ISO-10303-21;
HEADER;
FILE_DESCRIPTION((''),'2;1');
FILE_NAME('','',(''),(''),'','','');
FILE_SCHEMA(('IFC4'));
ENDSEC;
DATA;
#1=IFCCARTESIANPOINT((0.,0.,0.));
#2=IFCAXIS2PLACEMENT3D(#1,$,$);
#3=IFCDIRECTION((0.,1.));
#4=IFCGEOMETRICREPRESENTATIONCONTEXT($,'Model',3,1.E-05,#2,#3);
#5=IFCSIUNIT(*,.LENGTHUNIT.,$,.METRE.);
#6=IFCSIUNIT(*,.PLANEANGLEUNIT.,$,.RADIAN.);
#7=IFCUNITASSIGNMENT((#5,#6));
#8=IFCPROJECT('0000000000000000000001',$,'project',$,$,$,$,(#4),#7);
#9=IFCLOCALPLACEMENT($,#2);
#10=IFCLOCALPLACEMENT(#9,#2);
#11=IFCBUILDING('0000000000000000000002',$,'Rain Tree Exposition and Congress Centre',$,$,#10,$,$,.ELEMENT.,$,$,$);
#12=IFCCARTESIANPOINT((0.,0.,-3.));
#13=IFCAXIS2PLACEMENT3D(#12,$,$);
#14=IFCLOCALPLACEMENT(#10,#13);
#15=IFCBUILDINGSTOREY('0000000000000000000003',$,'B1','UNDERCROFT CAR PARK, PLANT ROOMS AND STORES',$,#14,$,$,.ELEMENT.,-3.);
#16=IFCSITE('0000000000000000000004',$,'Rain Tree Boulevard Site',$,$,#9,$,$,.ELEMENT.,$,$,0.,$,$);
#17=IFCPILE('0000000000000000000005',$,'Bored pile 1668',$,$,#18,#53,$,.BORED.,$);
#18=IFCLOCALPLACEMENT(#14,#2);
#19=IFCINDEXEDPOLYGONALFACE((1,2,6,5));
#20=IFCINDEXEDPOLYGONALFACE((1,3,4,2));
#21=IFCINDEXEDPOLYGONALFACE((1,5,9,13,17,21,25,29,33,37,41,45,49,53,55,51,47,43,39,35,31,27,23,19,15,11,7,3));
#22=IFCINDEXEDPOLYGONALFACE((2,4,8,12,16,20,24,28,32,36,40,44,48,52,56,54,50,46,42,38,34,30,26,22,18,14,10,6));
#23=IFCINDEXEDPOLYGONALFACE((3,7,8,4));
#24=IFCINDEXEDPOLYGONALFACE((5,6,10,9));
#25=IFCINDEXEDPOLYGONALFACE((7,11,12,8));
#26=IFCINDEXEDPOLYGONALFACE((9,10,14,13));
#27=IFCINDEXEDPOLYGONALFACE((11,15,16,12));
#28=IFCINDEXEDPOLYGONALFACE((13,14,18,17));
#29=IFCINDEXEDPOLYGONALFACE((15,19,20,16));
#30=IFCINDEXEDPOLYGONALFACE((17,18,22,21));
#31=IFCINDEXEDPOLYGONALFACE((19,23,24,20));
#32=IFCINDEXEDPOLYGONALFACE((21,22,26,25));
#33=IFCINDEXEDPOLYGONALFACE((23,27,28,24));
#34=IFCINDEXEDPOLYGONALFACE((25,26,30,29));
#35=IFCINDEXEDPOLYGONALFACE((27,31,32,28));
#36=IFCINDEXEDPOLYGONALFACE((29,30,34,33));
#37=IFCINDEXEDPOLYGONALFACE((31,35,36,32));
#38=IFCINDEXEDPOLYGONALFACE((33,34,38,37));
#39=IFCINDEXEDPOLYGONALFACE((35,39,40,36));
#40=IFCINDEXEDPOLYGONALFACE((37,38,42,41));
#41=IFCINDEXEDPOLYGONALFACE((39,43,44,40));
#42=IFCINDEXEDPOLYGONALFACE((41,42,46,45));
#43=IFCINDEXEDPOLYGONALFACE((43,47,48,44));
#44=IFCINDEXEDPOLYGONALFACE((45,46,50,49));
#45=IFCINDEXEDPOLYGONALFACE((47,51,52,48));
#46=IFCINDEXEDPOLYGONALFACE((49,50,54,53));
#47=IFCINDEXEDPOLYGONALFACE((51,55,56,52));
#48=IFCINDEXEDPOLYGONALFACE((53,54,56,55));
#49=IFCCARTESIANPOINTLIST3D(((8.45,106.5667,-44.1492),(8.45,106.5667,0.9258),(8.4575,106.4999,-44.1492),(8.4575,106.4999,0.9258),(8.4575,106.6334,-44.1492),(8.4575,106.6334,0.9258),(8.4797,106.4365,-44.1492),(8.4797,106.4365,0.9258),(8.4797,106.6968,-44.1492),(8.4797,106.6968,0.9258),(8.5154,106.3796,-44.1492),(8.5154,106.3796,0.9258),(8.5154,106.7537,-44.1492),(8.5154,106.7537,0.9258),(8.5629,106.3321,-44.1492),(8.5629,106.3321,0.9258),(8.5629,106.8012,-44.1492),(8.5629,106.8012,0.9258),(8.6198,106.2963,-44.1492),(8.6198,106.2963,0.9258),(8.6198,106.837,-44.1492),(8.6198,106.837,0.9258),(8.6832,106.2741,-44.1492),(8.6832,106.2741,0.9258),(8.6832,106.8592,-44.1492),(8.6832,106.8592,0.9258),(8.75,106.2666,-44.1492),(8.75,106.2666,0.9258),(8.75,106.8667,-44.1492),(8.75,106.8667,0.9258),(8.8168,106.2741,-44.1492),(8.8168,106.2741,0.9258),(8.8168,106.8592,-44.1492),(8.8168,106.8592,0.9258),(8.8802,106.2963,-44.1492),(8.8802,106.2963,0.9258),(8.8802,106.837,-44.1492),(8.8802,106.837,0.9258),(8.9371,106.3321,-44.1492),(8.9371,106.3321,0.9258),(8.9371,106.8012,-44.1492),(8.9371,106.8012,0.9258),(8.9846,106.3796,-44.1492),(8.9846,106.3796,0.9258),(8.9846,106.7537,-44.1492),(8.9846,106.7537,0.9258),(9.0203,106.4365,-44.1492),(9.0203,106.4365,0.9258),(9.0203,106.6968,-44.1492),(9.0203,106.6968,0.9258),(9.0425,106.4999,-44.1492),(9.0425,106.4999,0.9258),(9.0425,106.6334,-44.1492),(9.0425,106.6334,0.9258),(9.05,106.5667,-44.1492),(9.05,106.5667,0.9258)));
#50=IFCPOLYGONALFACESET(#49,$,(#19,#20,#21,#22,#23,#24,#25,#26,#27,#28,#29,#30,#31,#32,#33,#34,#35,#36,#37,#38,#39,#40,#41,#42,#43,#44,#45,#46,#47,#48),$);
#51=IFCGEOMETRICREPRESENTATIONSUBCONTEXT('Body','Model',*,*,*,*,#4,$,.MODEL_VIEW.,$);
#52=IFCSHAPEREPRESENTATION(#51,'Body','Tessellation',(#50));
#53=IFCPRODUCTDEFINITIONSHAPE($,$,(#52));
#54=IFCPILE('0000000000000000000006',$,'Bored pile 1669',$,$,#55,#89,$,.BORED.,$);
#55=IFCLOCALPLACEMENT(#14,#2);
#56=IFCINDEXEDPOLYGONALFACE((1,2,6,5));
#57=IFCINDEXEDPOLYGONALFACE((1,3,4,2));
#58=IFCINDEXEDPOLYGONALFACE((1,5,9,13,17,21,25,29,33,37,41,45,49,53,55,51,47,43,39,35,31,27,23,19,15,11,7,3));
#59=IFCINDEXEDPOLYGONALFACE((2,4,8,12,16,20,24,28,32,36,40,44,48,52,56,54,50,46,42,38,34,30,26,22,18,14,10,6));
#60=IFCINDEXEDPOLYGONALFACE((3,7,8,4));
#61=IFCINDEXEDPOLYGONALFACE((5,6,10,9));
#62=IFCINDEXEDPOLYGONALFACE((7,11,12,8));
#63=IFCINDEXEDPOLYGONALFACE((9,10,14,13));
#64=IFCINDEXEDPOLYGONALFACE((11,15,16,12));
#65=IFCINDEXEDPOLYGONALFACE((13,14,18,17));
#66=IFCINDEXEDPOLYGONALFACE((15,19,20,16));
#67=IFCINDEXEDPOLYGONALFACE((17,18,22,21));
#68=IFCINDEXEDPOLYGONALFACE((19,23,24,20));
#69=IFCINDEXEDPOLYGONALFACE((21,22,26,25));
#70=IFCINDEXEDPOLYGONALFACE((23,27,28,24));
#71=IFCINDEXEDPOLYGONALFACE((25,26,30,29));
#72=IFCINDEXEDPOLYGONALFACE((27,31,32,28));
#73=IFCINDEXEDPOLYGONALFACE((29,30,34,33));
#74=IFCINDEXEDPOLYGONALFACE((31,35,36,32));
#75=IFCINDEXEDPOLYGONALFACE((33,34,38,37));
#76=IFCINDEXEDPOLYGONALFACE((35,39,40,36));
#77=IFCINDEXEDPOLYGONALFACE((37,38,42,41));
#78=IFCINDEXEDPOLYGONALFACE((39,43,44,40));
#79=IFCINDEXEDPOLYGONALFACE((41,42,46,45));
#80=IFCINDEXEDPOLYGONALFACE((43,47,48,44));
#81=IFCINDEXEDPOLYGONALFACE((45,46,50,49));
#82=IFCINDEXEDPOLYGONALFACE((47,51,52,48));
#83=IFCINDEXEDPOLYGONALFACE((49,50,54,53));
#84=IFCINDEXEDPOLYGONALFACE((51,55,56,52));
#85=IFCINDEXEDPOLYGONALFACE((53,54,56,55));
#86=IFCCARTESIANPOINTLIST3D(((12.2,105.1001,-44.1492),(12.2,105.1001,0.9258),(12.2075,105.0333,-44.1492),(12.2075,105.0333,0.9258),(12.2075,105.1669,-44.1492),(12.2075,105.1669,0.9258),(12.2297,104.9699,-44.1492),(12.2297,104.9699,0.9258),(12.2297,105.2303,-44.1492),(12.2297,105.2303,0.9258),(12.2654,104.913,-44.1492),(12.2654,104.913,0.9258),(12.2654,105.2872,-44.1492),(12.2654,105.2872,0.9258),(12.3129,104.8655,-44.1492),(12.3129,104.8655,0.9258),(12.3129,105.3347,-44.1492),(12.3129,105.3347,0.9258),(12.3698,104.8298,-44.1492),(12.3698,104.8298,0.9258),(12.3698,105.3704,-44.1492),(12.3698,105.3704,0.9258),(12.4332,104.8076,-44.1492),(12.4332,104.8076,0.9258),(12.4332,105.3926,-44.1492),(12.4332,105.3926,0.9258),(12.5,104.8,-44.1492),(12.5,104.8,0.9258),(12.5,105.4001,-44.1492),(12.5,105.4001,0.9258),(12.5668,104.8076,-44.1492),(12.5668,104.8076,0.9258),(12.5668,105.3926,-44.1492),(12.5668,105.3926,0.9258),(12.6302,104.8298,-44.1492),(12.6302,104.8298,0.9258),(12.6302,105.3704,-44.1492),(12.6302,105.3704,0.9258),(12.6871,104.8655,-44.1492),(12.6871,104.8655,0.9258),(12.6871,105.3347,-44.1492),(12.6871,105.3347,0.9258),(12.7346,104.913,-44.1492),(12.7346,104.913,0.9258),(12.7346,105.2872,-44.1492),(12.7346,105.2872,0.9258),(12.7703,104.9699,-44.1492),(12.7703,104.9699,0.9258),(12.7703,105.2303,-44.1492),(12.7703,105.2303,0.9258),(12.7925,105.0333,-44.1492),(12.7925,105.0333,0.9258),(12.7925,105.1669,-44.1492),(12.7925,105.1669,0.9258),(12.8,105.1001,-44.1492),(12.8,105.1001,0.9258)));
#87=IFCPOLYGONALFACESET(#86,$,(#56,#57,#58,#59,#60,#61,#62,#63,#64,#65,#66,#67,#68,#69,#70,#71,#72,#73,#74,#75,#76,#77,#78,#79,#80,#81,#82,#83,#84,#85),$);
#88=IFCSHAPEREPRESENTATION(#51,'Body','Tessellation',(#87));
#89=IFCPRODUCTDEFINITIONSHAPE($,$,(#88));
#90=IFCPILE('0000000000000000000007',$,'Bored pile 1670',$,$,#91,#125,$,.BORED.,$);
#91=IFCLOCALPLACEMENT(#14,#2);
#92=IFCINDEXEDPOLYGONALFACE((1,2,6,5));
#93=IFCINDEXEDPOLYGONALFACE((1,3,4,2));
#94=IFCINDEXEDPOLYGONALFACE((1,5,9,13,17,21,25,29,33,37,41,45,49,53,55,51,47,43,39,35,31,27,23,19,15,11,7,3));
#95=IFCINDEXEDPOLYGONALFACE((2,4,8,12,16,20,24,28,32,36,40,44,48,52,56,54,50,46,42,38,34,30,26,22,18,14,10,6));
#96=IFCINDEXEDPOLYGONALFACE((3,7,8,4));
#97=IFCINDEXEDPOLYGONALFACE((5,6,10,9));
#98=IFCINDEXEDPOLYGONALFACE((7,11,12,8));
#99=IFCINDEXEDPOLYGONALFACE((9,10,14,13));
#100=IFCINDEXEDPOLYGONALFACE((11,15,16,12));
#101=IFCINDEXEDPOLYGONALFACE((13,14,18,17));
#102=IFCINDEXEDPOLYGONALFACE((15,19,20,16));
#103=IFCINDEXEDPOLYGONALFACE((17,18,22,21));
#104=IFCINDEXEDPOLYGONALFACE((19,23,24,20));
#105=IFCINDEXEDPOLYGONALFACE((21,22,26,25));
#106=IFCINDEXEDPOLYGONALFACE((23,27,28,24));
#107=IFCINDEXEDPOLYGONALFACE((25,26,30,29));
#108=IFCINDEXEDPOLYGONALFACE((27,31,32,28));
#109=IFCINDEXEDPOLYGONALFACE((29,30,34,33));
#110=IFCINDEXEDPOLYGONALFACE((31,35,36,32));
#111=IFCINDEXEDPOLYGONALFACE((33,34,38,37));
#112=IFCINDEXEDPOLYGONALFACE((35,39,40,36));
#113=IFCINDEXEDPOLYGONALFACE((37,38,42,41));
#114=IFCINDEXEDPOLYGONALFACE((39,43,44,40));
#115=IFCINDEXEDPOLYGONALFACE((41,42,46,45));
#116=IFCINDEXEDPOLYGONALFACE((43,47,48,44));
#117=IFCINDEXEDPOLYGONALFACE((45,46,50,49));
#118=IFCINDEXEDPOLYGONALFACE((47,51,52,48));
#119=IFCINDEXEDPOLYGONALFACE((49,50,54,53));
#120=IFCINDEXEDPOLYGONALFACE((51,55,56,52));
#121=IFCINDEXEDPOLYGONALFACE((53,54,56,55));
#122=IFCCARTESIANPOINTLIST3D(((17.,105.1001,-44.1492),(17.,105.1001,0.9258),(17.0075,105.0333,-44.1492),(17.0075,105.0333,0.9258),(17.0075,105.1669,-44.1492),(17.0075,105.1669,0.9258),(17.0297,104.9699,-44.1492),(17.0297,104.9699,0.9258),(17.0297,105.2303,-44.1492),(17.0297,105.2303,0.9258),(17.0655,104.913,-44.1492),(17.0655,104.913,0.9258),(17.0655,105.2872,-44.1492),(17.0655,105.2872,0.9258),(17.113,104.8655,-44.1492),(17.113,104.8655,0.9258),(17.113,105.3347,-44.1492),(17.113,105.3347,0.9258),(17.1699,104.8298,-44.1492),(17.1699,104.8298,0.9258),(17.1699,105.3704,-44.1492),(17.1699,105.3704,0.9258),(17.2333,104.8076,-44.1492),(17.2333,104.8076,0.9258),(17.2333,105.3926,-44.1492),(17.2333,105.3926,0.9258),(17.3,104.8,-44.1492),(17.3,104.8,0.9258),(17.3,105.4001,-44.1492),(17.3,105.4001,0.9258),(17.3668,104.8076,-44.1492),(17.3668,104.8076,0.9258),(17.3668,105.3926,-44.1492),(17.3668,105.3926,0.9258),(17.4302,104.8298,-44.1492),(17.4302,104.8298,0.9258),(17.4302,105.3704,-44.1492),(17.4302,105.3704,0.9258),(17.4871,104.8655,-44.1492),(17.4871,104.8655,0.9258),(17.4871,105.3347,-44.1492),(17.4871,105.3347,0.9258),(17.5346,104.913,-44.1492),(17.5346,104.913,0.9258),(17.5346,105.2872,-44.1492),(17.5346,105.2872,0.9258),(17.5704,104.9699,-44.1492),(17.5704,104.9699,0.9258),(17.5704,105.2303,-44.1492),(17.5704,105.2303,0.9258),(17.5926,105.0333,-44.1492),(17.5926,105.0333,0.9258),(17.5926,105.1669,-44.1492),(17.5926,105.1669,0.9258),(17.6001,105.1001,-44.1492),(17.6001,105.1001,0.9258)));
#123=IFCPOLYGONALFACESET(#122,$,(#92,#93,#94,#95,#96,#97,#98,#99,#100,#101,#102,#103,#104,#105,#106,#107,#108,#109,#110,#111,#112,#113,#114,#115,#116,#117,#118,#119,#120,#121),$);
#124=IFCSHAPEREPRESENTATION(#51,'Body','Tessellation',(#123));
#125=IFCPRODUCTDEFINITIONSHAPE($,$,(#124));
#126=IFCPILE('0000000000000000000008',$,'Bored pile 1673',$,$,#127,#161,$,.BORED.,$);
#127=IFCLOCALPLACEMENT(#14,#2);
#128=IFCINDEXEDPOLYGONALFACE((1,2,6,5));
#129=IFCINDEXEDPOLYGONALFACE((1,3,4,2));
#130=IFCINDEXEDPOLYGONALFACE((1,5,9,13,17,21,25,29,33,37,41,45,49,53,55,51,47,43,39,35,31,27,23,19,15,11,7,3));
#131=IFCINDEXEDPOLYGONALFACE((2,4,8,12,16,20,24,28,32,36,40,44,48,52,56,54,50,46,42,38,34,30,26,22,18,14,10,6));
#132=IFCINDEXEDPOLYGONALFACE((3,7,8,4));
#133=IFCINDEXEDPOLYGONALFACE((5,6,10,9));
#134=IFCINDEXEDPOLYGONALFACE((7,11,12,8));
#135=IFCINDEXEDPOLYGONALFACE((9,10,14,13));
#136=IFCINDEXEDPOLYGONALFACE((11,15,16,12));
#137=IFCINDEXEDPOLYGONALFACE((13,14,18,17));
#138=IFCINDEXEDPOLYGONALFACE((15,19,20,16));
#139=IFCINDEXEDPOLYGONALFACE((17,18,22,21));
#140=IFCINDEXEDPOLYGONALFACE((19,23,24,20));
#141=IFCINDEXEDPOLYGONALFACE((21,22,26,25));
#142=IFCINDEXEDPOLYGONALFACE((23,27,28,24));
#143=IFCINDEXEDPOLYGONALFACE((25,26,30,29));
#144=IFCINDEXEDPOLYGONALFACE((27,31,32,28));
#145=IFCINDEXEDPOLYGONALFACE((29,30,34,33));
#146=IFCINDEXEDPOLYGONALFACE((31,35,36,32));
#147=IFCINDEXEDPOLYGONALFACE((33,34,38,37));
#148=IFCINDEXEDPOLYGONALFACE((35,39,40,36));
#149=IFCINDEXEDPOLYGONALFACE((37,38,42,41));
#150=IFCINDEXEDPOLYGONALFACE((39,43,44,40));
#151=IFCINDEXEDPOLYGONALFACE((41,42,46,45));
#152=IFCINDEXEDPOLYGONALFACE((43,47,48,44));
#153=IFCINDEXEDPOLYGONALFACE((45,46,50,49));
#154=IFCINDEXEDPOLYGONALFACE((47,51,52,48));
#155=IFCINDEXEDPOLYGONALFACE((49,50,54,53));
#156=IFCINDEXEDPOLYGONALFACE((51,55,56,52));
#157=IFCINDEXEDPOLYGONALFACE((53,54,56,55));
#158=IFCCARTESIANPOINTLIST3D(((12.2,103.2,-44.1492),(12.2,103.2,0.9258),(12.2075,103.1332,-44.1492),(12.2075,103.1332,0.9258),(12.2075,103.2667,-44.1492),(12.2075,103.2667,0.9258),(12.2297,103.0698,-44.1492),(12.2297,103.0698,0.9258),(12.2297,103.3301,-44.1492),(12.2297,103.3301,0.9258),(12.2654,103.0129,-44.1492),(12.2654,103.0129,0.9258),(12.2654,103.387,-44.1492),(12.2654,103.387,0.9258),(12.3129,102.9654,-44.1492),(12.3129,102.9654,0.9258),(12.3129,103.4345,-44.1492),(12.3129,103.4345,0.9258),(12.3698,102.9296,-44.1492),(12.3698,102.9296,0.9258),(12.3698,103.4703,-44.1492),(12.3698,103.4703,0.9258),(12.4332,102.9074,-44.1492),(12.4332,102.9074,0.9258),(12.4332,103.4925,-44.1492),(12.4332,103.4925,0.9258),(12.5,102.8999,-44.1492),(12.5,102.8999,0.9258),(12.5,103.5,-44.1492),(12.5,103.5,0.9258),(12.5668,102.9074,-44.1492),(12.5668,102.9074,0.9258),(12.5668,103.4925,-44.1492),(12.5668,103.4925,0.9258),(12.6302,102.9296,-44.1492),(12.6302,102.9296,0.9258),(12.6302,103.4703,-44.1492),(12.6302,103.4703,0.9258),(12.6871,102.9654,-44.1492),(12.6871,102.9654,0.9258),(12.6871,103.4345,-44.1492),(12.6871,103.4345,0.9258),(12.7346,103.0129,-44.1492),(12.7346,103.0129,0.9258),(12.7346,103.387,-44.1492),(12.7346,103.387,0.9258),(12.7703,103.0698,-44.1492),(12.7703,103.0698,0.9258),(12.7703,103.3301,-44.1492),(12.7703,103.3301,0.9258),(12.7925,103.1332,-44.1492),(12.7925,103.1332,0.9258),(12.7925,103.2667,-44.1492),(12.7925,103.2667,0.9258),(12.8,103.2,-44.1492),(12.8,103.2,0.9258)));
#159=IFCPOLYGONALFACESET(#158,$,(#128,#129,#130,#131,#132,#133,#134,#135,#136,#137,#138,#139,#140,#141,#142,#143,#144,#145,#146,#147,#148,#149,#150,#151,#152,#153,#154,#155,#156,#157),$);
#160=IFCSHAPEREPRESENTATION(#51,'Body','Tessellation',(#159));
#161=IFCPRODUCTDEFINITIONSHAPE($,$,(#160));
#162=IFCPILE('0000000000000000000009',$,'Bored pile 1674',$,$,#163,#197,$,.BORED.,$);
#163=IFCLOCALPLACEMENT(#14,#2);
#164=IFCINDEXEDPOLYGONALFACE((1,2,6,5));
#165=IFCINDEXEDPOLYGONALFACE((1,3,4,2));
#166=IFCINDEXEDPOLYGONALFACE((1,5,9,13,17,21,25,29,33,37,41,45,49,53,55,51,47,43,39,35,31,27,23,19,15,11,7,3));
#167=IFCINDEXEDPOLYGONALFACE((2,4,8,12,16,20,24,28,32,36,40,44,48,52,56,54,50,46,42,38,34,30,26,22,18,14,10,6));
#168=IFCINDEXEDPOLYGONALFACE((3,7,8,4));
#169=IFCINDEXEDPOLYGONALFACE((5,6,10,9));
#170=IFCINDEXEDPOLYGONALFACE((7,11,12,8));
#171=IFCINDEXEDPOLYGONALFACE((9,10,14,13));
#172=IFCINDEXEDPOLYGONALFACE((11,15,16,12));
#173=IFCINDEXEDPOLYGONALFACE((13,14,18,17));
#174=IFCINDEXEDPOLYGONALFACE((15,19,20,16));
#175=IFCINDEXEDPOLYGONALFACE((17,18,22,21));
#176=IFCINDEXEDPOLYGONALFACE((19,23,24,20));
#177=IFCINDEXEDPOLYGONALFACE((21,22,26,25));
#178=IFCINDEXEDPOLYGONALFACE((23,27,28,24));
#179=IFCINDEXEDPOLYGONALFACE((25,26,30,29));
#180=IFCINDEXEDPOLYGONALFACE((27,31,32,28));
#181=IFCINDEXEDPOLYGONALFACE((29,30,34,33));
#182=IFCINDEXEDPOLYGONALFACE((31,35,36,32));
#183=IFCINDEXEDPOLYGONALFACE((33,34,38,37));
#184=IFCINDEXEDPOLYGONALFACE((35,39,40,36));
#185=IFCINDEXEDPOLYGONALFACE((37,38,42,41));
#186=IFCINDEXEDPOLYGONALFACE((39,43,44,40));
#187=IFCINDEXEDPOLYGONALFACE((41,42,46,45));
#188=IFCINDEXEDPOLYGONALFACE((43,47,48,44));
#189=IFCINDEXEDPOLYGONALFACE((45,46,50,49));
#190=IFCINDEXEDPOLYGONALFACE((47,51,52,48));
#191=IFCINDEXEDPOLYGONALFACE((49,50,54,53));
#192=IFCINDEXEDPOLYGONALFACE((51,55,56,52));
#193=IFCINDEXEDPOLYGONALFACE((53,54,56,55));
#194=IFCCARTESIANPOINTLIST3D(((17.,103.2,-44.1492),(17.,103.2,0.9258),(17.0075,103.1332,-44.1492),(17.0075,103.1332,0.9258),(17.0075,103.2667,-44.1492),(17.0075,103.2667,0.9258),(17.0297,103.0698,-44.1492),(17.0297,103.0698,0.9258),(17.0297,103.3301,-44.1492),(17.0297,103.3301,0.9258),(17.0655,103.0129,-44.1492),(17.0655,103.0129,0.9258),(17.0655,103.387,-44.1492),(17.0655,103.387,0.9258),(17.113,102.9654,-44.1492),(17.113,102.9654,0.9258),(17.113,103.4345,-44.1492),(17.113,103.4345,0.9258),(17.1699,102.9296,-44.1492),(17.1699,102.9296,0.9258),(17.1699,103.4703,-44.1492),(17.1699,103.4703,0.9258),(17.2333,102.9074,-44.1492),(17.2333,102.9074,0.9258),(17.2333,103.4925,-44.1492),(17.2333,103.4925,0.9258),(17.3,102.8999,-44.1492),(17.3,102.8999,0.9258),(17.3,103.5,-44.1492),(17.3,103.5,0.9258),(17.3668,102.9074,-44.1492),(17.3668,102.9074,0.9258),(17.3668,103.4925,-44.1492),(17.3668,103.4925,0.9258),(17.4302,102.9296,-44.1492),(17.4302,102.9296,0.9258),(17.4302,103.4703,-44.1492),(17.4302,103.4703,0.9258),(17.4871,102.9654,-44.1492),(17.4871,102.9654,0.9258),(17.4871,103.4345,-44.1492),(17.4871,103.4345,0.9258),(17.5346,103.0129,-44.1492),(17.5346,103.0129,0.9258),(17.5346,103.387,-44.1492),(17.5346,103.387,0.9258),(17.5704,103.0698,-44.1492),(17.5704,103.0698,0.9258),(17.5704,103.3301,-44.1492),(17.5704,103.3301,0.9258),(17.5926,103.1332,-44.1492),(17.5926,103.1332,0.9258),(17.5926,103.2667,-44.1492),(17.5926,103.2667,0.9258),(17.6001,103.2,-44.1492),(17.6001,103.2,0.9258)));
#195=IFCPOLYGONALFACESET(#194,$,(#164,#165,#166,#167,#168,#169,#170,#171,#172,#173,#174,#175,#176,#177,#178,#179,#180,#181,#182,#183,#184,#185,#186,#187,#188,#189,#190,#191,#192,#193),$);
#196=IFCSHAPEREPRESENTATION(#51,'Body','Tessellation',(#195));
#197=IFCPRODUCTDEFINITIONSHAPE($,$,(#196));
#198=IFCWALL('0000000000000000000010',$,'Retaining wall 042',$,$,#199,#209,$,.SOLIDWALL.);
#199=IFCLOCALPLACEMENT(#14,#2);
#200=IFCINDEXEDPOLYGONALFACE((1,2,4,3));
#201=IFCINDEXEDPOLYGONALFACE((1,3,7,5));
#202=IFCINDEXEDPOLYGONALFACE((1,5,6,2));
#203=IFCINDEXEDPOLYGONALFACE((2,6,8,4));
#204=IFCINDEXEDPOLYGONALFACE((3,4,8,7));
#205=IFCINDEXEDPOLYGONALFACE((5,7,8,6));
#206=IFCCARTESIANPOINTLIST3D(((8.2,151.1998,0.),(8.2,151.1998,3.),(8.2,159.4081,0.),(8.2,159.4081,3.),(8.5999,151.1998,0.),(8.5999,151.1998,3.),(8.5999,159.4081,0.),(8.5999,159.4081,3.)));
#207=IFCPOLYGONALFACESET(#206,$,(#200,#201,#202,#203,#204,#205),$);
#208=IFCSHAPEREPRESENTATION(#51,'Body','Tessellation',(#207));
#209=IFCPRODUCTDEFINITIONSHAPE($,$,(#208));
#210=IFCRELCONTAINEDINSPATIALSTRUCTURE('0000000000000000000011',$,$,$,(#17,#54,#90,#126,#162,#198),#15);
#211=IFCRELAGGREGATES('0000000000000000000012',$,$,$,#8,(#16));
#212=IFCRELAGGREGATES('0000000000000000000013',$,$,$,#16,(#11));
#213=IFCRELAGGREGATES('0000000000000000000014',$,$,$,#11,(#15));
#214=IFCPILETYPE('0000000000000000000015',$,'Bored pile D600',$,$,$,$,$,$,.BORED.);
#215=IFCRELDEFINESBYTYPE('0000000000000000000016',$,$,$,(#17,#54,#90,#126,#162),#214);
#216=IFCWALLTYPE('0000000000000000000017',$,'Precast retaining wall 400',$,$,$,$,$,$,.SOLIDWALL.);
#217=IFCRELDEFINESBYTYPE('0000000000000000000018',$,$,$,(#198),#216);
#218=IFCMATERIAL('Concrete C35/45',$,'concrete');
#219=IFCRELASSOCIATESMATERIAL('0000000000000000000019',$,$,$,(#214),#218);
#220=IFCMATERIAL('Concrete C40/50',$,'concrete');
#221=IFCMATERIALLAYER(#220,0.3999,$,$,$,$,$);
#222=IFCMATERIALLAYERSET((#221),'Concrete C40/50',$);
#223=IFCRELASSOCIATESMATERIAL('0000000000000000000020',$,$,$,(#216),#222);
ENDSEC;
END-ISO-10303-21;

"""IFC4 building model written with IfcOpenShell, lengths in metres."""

from ifc_helpers import new_model, si_unit, direction, frame, frame_2d, origin, origin_2d, place, context, subcontext, project, spatial, rectangle, circle, extrude, material, layer, layer_set, material_profile, profile_set, type_object, element, save


model = new_model("IFC4")

# Units and contexts
model_context = context("Model", 3, precision=1e-05, world=origin(), true_north=direction((0.0, 1.0)))
body_context = subcontext(model_context, "Body", "Model", "MODEL_VIEW")
ifc_project = project(units=[si_unit("LENGTHUNIT", "METRE"), si_unit("PLANEANGLEUNIT", "RADIAN")], contexts=[model_context])

# Site, building, storey
site_placement = place(None, origin())
site = spatial("IfcSite", under=ifc_project, at=site_placement, Name="Rain Tree Boulevard Site", CompositionType="ELEMENT", RefElevation=0.0)
building_placement = place(site_placement, origin())
building = spatial("IfcBuilding", under=site, at=building_placement, Name="Rain Tree Exposition and Congress Centre", CompositionType="ELEMENT")
storey_placement = place(building_placement, frame((0.0, 0.0, -3.0)))
storey = spatial("IfcBuildingStorey", under=building, at=storey_placement, Name="B1", Description="UNDERCROFT CAR PARK, PLANT ROOMS AND STORES", CompositionType="ELEMENT", Elevation=-3.0)

# Piles
ifc_material_1 = material(Name="Concrete C35/45", Category="concrete")
ifc_material_profile_1 = material_profile(ifc_material_1, circle(Radius=0.3, at=origin_2d()), Name="D600")
ifc_profile_set_1 = profile_set([ifc_material_profile_1], Name="Concrete C35/45")
pile_type_1 = type_object("IfcPileType", Name="Bored pile D600", PredefinedType="BORED", material=ifc_profile_set_1)
for number, where, z_axis, x_axis, name in (
    (1, (8.75, 106.5667, 0.9258), (0.0, 0.0, -1.0), (1.0, 0.0, 0.0), "Bored pile 1668"),
    (2, (12.5, 105.1001, 0.9258), (0.0, 0.0, -1.0), (1.0, 0.0, 0.0), "Bored pile 1669"),
    (3, (17.3, 105.1001, 0.9258), (0.0, 0.0, -1.0), (1.0, 0.0, 0.0), "Bored pile 1670"),
    (4, (12.5, 103.2, 0.9258), (0.0, 0.0, -1.0), (1.0, 0.0, 0.0), "Bored pile 1673"),
    (5, (17.3, 103.2, 0.9258), (0.0, 0.0, -1.0), (1.0, 0.0, 0.0), "Bored pile 1674"),
):
    element("IfcPile", number, at=place(storey_placement, frame(where, z_axis=z_axis, x_axis=x_axis)), inside=storey, type_object=pile_type_1, Name=name, PredefinedType="BORED", context=body_context, shape_type="SweptSolid", body=[
        extrude(circle(Radius=0.3, at=origin_2d()), origin(), (0.0, 0.0, 1.0), 45.075),
    ])

# Wall
ifc_material_2 = material(Name="Concrete C40/50", Category="concrete")
ifc_layer = layer(ifc_material_2, 0.3999)
ifc_layer_set = layer_set([ifc_layer], Name="Concrete C40/50")
wall_type = type_object("IfcWallType", Name="Precast retaining wall 400", PredefinedType="SOLIDWALL", material=ifc_layer_set)
wall_1_placement = place(storey_placement, frame((8.3999, 151.2, 0.0), z_axis=(0.0, 0.0, 1.0), x_axis=(0.0, 1.0, 0.0)))
element("IfcWall", 6, at=wall_1_placement, inside=storey, type_object=wall_type, Name="Retaining wall 042", PredefinedType="SOLIDWALL", context=body_context, shape_type="SweptSolid", body=[
    extrude(rectangle(XDim=8.2083, YDim=0.3999, at=frame_2d((4.104, 0.0))), origin(), (0.0, 0.0, 1.0), 3.0),
])

save(model, "model.ifc")
